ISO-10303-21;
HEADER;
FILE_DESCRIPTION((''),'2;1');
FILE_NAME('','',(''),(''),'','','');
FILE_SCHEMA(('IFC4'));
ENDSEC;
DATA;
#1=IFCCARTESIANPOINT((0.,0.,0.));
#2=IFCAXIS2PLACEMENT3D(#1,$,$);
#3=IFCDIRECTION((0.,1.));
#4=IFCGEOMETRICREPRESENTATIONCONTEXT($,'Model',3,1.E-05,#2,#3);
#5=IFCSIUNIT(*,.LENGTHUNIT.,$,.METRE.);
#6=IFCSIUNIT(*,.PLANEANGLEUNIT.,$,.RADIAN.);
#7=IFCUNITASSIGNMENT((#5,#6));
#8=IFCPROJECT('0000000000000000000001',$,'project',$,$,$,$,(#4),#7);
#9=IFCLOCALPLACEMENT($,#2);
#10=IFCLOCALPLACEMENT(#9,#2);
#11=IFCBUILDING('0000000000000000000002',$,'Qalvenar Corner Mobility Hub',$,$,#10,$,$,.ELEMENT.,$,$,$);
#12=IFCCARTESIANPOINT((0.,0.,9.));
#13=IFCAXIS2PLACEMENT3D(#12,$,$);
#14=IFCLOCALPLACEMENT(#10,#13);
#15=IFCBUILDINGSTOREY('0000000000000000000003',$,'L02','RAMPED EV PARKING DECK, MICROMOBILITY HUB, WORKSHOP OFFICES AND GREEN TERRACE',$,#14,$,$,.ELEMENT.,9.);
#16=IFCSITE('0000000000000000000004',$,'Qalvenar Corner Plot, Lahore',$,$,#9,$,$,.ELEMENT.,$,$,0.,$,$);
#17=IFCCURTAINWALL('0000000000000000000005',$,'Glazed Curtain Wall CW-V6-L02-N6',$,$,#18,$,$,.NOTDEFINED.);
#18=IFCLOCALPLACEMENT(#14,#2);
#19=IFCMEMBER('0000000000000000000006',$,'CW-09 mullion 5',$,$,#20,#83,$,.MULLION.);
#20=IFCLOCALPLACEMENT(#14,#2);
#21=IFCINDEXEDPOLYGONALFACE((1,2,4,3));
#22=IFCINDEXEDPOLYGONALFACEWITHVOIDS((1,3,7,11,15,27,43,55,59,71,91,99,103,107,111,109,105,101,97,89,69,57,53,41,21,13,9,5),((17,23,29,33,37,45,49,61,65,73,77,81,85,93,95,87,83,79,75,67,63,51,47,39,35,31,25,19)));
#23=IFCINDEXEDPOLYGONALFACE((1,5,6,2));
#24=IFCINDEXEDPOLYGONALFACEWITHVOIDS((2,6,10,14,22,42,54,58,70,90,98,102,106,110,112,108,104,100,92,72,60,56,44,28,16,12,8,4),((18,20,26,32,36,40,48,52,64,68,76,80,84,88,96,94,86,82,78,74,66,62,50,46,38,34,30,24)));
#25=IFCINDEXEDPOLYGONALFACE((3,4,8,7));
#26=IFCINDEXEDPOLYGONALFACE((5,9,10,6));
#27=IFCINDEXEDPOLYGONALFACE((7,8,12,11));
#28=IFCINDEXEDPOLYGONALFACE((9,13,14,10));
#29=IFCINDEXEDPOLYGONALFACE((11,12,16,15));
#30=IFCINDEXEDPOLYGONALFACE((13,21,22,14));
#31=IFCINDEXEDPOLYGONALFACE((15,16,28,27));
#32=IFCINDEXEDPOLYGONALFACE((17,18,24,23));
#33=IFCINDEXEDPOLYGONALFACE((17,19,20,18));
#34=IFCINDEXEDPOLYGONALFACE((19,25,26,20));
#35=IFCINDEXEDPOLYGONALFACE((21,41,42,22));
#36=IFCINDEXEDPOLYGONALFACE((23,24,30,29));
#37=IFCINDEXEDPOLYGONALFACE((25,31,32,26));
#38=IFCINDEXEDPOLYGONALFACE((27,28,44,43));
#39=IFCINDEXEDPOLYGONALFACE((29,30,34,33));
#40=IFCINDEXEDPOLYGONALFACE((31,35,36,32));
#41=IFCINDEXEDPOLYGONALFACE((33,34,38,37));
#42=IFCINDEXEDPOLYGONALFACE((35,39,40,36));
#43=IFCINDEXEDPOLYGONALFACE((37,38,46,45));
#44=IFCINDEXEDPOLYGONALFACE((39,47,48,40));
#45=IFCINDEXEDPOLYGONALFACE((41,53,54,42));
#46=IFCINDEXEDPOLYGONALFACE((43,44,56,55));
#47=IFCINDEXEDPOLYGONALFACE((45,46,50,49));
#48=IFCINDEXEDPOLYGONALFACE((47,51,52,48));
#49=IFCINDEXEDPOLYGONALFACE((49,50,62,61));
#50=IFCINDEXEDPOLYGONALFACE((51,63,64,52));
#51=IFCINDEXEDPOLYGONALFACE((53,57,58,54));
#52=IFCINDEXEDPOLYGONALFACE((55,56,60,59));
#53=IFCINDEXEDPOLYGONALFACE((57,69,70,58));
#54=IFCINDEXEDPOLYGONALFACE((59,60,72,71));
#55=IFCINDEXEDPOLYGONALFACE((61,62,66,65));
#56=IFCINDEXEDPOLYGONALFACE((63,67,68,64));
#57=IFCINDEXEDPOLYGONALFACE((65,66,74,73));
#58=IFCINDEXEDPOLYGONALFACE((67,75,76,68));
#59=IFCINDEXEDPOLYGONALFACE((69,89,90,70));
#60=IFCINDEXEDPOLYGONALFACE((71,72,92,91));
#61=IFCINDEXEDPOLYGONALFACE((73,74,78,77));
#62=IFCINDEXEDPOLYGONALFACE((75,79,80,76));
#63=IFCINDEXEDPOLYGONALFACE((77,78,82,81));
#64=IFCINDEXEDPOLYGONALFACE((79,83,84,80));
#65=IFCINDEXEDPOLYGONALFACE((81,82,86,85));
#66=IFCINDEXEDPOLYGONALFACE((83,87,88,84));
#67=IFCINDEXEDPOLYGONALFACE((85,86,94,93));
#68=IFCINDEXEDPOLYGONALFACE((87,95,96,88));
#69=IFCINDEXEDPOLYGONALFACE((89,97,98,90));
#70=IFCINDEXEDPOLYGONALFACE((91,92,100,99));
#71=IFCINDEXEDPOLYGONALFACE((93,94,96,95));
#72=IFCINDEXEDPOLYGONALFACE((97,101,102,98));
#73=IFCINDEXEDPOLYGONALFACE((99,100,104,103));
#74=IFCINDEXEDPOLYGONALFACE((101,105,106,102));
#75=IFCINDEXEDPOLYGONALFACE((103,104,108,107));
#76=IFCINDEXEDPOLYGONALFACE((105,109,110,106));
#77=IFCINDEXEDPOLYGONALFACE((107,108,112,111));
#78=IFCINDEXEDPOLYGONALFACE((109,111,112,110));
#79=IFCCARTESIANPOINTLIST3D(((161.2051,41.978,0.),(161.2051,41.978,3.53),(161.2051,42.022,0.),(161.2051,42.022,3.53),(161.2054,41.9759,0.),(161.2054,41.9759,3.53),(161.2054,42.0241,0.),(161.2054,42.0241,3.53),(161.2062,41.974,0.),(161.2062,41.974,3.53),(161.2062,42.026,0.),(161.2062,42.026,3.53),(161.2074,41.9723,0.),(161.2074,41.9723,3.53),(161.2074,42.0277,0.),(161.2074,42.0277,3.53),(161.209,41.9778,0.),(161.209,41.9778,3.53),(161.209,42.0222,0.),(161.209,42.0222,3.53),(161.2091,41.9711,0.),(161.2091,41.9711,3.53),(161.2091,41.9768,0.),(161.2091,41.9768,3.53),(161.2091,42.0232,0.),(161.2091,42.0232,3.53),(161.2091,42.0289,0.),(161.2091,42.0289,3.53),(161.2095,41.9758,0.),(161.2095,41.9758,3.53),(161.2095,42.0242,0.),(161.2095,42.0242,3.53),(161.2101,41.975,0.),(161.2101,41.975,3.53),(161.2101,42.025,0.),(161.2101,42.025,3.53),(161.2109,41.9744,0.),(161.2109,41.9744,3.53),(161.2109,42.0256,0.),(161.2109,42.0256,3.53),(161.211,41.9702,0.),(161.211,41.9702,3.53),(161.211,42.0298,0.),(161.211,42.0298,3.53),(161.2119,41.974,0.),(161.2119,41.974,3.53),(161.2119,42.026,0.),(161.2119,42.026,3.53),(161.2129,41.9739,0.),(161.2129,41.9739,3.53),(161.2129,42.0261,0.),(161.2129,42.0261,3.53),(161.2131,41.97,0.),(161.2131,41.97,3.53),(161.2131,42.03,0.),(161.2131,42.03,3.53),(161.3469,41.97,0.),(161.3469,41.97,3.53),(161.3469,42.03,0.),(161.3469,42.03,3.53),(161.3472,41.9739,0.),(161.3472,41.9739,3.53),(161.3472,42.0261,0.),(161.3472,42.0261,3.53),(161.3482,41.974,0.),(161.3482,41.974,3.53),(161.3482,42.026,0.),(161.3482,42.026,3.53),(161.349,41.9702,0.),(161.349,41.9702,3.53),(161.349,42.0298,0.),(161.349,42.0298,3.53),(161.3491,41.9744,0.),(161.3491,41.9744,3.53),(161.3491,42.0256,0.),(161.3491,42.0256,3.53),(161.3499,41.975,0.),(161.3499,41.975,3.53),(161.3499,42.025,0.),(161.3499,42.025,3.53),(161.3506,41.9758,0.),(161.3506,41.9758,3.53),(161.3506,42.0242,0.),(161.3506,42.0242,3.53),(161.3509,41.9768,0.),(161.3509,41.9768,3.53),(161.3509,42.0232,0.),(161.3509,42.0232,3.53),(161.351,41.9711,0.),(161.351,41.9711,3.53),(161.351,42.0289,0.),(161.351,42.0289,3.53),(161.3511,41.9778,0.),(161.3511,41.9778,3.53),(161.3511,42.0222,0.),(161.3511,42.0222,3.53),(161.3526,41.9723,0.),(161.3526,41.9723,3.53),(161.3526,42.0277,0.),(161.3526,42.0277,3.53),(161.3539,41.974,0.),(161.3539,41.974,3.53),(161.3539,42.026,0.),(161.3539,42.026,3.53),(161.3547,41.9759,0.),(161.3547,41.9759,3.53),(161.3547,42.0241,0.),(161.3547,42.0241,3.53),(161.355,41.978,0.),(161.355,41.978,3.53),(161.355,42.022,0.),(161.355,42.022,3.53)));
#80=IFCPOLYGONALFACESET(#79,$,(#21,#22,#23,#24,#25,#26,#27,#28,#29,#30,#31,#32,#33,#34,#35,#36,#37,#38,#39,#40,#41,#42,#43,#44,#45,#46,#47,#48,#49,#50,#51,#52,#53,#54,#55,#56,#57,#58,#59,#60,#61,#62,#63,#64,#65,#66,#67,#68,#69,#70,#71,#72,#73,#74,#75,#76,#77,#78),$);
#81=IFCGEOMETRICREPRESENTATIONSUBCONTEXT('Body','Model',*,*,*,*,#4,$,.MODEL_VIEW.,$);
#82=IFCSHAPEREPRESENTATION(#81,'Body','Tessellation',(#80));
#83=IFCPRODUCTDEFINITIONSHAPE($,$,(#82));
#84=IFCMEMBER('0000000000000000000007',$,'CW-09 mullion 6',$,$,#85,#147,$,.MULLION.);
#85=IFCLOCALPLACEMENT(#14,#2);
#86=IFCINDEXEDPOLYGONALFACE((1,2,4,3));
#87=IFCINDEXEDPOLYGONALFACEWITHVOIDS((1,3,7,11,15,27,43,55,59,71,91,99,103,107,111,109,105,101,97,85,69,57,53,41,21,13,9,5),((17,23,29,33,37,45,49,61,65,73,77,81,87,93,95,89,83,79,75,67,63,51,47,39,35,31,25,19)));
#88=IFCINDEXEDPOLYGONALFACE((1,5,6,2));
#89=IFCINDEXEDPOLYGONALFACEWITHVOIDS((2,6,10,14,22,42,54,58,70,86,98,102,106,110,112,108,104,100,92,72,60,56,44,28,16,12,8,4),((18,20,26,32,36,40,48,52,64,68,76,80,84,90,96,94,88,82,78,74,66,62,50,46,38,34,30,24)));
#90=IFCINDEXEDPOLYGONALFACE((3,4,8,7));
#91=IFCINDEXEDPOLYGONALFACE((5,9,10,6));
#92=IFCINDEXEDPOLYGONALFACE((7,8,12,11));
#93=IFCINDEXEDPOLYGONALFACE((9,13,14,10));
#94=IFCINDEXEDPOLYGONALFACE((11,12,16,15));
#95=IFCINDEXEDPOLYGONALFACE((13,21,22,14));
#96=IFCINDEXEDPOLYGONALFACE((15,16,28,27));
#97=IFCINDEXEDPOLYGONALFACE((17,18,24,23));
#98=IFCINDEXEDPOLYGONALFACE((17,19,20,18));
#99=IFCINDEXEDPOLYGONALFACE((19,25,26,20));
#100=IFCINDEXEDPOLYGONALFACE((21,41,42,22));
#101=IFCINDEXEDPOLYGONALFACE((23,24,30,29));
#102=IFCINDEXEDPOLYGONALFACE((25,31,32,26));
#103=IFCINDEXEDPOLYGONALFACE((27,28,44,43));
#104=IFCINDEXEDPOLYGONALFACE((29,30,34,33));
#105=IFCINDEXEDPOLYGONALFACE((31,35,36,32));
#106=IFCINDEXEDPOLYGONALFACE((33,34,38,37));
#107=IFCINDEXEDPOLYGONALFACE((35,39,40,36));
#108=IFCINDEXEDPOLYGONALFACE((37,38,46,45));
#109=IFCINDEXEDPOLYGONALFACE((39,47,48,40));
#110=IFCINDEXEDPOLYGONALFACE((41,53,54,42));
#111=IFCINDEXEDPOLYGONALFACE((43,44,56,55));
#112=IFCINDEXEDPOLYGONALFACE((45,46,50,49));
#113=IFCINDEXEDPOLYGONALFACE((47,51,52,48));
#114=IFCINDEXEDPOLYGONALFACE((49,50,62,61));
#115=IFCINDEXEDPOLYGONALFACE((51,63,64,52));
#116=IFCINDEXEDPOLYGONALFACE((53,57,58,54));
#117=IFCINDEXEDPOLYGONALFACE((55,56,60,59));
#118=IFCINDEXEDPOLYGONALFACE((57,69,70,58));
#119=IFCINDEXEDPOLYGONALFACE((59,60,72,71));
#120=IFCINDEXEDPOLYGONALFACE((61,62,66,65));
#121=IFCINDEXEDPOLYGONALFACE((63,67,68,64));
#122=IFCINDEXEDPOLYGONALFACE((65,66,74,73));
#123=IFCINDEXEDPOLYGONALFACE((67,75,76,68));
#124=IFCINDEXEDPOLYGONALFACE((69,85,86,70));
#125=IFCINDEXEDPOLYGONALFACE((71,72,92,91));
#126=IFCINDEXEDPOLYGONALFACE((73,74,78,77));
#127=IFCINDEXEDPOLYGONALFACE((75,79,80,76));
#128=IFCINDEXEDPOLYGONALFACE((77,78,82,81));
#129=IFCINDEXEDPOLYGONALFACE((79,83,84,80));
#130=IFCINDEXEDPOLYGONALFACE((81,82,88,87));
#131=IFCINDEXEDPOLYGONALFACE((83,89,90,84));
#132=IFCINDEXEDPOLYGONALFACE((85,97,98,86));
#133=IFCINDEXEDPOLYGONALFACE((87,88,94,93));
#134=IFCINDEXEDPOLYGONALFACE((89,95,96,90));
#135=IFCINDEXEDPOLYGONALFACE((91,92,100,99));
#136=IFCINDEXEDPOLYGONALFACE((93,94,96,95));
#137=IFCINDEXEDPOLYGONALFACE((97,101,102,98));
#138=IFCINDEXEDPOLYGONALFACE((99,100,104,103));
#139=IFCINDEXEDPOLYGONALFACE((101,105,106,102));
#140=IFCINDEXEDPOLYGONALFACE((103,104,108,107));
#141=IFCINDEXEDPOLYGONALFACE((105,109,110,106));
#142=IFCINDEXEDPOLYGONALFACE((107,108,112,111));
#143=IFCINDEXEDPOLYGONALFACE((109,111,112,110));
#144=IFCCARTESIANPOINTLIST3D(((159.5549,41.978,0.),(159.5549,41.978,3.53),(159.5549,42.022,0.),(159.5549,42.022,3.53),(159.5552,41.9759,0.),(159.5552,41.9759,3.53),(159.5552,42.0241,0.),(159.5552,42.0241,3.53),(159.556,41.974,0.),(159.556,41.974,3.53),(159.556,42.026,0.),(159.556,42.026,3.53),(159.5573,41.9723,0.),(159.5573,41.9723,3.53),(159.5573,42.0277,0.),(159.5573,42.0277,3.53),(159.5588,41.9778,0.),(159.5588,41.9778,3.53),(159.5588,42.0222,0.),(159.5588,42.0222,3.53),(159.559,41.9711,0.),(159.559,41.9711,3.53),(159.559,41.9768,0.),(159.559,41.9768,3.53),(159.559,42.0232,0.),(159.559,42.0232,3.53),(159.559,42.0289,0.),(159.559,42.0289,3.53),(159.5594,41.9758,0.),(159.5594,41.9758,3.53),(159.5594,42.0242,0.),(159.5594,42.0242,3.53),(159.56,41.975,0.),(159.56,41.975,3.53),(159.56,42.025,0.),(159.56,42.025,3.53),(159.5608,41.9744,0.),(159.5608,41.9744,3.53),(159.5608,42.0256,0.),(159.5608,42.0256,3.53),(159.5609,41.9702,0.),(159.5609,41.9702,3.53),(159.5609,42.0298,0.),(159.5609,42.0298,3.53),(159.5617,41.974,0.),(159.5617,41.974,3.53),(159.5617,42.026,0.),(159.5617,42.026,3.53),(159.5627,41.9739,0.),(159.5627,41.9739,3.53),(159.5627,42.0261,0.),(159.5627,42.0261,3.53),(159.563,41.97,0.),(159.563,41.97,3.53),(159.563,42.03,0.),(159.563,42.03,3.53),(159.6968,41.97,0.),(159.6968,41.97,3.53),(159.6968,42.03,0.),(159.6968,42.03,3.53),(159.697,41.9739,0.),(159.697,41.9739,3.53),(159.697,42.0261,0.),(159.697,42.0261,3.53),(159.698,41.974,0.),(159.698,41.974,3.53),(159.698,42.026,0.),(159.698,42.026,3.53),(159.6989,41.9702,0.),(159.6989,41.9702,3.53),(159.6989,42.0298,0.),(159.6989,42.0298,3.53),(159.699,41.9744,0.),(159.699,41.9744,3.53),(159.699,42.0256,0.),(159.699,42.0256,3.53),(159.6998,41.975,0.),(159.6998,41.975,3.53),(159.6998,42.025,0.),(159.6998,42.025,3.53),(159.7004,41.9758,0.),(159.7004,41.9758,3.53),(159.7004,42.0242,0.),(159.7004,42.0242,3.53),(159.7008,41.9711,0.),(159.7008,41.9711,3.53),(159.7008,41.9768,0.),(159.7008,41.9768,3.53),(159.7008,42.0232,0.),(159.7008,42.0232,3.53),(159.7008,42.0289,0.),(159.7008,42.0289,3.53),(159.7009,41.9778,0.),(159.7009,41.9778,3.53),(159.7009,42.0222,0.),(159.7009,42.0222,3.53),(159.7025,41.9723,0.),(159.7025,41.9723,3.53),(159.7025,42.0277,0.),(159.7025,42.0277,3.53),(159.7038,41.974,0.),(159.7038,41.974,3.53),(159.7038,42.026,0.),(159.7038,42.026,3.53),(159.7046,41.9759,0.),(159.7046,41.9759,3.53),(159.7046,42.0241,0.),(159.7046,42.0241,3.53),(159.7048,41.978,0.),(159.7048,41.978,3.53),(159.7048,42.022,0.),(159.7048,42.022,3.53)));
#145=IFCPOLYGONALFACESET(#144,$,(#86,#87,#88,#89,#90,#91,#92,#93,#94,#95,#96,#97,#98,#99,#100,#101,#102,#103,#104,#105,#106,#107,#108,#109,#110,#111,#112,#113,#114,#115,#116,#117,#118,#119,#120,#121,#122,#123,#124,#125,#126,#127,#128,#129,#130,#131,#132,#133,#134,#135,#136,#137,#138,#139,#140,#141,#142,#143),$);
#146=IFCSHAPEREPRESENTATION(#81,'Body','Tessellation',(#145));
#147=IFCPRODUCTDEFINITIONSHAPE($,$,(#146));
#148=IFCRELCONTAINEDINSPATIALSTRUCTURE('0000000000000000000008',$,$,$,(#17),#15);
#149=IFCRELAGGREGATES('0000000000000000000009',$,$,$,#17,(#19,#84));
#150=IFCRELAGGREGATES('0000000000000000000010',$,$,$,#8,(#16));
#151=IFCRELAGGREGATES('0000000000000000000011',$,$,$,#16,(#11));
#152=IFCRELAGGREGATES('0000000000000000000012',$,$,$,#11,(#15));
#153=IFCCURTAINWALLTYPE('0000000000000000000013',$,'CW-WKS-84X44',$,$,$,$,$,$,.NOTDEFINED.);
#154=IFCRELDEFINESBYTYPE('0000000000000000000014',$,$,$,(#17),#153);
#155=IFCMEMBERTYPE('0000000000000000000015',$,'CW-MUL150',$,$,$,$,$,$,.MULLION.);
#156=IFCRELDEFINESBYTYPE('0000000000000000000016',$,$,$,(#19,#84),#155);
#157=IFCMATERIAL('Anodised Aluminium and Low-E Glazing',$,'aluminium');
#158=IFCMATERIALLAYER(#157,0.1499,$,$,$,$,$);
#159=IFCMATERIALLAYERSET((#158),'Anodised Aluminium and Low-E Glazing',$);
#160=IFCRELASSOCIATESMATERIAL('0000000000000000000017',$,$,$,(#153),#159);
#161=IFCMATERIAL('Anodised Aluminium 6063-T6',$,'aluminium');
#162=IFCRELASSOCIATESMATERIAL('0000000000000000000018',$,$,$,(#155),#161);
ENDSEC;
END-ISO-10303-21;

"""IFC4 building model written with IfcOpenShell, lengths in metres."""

from ifc_helpers import new_model, si_unit, direction, frame, origin, origin_2d, place, context, subcontext, project, spatial, hollow_rectangle, extrude, material, layer, layer_set, material_profile, profile_set, type_object, element, aggregate, save


model = new_model("IFC4")

# Units and contexts
model_context = context("Model", 3, precision=1e-05, world=origin(), true_north=direction((0.0, 1.0)))
body_context = subcontext(model_context, "Body", "Model", "MODEL_VIEW")
ifc_project = project(units=[si_unit("LENGTHUNIT", "METRE"), si_unit("PLANEANGLEUNIT", "RADIAN")], contexts=[model_context])

# Site, building, storey
site_placement = place(None, origin())
site = spatial("IfcSite", under=ifc_project, at=site_placement, Name="Qalvenar Corner Plot, Lahore", CompositionType="ELEMENT", RefElevation=0.0)
building_placement = place(site_placement, origin())
building = spatial("IfcBuilding", under=site, at=building_placement, Name="Qalvenar Corner Mobility Hub", CompositionType="ELEMENT")
storey_placement = place(building_placement, frame((0.0, 0.0, 9.0)))
storey = spatial("IfcBuildingStorey", under=building, at=storey_placement, Name="L02", Description="RAMPED EV PARKING DECK, MICROMOBILITY HUB, WORKSHOP OFFICES AND GREEN TERRACE", CompositionType="ELEMENT", Elevation=9.0)

# Curtain wall, members
ifc_material_1 = material(Name="Anodised Aluminium and Low-E Glazing", Category="aluminium")
ifc_layer_1 = layer(ifc_material_1, 0.1499)
ifc_layer_set_1 = layer_set([ifc_layer_1], Name="Anodised Aluminium and Low-E Glazing")
curtain_wall_type = type_object("IfcCurtainWallType", Name="CW-WKS-84X44", PredefinedType="NOTDEFINED", material=ifc_layer_set_1)
curtain_wall_placement = place(storey_placement, origin())
curtain_wall = element("IfcCurtainWall", 1, at=curtain_wall_placement, inside=storey, type_object=curtain_wall_type, Name="Glazed Curtain Wall CW-V6-L02-N6", PredefinedType="NOTDEFINED")
ifc_material_2 = material(Name="Anodised Aluminium 6063-T6", Category="aluminium")
ifc_material_profile_1 = material_profile(ifc_material_2, hollow_rectangle(XDim=0.0601, YDim=0.1499, WallThickness=0.0039, InnerFilletRadius=0.0039, OuterFilletRadius=0.0081, at=origin_2d()), Name="RHS150x60x4")
ifc_profile_set_1 = profile_set([ifc_material_profile_1], Name="Anodised Aluminium 6063-T6")
member_type_1 = type_object("IfcMemberType", Name="CW-MUL150", PredefinedType="MULLION", material=ifc_profile_set_1)
member_1_placement = place(storey_placement, frame((161.28, 42.0, 0.0), z_axis=(0.0, 0.0, 1.0), x_axis=(0.0, -1.0, 0.0)))
member_1 = element("IfcMember", 2, at=member_1_placement, type_object=member_type_1, Name="CW-09 mullion 5", PredefinedType="MULLION", context=body_context, shape_type="SweptSolid", body=[
    extrude(hollow_rectangle(XDim=0.0601, YDim=0.1499, WallThickness=0.0039, InnerFilletRadius=0.0039, OuterFilletRadius=0.0081, at=origin_2d()), origin(), (0.0, 0.0, 1.0), 3.53),
])
member_2_placement = place(storey_placement, frame((159.6299, 42.0, 0.0), z_axis=(0.0, 0.0, 1.0), x_axis=(0.0, -1.0, 0.0)))
member_2 = element("IfcMember", 3, at=member_2_placement, type_object=member_type_1, Name="CW-09 mullion 6", PredefinedType="MULLION", context=body_context, shape_type="SweptSolid", body=[
    extrude(hollow_rectangle(XDim=0.0601, YDim=0.1499, WallThickness=0.0039, InnerFilletRadius=0.0039, OuterFilletRadius=0.0081, at=origin_2d()), origin(), (0.0, 0.0, 1.0), 3.53),
])
aggregate(curtain_wall, [member_1, member_2])

save(model, "model.ifc")
